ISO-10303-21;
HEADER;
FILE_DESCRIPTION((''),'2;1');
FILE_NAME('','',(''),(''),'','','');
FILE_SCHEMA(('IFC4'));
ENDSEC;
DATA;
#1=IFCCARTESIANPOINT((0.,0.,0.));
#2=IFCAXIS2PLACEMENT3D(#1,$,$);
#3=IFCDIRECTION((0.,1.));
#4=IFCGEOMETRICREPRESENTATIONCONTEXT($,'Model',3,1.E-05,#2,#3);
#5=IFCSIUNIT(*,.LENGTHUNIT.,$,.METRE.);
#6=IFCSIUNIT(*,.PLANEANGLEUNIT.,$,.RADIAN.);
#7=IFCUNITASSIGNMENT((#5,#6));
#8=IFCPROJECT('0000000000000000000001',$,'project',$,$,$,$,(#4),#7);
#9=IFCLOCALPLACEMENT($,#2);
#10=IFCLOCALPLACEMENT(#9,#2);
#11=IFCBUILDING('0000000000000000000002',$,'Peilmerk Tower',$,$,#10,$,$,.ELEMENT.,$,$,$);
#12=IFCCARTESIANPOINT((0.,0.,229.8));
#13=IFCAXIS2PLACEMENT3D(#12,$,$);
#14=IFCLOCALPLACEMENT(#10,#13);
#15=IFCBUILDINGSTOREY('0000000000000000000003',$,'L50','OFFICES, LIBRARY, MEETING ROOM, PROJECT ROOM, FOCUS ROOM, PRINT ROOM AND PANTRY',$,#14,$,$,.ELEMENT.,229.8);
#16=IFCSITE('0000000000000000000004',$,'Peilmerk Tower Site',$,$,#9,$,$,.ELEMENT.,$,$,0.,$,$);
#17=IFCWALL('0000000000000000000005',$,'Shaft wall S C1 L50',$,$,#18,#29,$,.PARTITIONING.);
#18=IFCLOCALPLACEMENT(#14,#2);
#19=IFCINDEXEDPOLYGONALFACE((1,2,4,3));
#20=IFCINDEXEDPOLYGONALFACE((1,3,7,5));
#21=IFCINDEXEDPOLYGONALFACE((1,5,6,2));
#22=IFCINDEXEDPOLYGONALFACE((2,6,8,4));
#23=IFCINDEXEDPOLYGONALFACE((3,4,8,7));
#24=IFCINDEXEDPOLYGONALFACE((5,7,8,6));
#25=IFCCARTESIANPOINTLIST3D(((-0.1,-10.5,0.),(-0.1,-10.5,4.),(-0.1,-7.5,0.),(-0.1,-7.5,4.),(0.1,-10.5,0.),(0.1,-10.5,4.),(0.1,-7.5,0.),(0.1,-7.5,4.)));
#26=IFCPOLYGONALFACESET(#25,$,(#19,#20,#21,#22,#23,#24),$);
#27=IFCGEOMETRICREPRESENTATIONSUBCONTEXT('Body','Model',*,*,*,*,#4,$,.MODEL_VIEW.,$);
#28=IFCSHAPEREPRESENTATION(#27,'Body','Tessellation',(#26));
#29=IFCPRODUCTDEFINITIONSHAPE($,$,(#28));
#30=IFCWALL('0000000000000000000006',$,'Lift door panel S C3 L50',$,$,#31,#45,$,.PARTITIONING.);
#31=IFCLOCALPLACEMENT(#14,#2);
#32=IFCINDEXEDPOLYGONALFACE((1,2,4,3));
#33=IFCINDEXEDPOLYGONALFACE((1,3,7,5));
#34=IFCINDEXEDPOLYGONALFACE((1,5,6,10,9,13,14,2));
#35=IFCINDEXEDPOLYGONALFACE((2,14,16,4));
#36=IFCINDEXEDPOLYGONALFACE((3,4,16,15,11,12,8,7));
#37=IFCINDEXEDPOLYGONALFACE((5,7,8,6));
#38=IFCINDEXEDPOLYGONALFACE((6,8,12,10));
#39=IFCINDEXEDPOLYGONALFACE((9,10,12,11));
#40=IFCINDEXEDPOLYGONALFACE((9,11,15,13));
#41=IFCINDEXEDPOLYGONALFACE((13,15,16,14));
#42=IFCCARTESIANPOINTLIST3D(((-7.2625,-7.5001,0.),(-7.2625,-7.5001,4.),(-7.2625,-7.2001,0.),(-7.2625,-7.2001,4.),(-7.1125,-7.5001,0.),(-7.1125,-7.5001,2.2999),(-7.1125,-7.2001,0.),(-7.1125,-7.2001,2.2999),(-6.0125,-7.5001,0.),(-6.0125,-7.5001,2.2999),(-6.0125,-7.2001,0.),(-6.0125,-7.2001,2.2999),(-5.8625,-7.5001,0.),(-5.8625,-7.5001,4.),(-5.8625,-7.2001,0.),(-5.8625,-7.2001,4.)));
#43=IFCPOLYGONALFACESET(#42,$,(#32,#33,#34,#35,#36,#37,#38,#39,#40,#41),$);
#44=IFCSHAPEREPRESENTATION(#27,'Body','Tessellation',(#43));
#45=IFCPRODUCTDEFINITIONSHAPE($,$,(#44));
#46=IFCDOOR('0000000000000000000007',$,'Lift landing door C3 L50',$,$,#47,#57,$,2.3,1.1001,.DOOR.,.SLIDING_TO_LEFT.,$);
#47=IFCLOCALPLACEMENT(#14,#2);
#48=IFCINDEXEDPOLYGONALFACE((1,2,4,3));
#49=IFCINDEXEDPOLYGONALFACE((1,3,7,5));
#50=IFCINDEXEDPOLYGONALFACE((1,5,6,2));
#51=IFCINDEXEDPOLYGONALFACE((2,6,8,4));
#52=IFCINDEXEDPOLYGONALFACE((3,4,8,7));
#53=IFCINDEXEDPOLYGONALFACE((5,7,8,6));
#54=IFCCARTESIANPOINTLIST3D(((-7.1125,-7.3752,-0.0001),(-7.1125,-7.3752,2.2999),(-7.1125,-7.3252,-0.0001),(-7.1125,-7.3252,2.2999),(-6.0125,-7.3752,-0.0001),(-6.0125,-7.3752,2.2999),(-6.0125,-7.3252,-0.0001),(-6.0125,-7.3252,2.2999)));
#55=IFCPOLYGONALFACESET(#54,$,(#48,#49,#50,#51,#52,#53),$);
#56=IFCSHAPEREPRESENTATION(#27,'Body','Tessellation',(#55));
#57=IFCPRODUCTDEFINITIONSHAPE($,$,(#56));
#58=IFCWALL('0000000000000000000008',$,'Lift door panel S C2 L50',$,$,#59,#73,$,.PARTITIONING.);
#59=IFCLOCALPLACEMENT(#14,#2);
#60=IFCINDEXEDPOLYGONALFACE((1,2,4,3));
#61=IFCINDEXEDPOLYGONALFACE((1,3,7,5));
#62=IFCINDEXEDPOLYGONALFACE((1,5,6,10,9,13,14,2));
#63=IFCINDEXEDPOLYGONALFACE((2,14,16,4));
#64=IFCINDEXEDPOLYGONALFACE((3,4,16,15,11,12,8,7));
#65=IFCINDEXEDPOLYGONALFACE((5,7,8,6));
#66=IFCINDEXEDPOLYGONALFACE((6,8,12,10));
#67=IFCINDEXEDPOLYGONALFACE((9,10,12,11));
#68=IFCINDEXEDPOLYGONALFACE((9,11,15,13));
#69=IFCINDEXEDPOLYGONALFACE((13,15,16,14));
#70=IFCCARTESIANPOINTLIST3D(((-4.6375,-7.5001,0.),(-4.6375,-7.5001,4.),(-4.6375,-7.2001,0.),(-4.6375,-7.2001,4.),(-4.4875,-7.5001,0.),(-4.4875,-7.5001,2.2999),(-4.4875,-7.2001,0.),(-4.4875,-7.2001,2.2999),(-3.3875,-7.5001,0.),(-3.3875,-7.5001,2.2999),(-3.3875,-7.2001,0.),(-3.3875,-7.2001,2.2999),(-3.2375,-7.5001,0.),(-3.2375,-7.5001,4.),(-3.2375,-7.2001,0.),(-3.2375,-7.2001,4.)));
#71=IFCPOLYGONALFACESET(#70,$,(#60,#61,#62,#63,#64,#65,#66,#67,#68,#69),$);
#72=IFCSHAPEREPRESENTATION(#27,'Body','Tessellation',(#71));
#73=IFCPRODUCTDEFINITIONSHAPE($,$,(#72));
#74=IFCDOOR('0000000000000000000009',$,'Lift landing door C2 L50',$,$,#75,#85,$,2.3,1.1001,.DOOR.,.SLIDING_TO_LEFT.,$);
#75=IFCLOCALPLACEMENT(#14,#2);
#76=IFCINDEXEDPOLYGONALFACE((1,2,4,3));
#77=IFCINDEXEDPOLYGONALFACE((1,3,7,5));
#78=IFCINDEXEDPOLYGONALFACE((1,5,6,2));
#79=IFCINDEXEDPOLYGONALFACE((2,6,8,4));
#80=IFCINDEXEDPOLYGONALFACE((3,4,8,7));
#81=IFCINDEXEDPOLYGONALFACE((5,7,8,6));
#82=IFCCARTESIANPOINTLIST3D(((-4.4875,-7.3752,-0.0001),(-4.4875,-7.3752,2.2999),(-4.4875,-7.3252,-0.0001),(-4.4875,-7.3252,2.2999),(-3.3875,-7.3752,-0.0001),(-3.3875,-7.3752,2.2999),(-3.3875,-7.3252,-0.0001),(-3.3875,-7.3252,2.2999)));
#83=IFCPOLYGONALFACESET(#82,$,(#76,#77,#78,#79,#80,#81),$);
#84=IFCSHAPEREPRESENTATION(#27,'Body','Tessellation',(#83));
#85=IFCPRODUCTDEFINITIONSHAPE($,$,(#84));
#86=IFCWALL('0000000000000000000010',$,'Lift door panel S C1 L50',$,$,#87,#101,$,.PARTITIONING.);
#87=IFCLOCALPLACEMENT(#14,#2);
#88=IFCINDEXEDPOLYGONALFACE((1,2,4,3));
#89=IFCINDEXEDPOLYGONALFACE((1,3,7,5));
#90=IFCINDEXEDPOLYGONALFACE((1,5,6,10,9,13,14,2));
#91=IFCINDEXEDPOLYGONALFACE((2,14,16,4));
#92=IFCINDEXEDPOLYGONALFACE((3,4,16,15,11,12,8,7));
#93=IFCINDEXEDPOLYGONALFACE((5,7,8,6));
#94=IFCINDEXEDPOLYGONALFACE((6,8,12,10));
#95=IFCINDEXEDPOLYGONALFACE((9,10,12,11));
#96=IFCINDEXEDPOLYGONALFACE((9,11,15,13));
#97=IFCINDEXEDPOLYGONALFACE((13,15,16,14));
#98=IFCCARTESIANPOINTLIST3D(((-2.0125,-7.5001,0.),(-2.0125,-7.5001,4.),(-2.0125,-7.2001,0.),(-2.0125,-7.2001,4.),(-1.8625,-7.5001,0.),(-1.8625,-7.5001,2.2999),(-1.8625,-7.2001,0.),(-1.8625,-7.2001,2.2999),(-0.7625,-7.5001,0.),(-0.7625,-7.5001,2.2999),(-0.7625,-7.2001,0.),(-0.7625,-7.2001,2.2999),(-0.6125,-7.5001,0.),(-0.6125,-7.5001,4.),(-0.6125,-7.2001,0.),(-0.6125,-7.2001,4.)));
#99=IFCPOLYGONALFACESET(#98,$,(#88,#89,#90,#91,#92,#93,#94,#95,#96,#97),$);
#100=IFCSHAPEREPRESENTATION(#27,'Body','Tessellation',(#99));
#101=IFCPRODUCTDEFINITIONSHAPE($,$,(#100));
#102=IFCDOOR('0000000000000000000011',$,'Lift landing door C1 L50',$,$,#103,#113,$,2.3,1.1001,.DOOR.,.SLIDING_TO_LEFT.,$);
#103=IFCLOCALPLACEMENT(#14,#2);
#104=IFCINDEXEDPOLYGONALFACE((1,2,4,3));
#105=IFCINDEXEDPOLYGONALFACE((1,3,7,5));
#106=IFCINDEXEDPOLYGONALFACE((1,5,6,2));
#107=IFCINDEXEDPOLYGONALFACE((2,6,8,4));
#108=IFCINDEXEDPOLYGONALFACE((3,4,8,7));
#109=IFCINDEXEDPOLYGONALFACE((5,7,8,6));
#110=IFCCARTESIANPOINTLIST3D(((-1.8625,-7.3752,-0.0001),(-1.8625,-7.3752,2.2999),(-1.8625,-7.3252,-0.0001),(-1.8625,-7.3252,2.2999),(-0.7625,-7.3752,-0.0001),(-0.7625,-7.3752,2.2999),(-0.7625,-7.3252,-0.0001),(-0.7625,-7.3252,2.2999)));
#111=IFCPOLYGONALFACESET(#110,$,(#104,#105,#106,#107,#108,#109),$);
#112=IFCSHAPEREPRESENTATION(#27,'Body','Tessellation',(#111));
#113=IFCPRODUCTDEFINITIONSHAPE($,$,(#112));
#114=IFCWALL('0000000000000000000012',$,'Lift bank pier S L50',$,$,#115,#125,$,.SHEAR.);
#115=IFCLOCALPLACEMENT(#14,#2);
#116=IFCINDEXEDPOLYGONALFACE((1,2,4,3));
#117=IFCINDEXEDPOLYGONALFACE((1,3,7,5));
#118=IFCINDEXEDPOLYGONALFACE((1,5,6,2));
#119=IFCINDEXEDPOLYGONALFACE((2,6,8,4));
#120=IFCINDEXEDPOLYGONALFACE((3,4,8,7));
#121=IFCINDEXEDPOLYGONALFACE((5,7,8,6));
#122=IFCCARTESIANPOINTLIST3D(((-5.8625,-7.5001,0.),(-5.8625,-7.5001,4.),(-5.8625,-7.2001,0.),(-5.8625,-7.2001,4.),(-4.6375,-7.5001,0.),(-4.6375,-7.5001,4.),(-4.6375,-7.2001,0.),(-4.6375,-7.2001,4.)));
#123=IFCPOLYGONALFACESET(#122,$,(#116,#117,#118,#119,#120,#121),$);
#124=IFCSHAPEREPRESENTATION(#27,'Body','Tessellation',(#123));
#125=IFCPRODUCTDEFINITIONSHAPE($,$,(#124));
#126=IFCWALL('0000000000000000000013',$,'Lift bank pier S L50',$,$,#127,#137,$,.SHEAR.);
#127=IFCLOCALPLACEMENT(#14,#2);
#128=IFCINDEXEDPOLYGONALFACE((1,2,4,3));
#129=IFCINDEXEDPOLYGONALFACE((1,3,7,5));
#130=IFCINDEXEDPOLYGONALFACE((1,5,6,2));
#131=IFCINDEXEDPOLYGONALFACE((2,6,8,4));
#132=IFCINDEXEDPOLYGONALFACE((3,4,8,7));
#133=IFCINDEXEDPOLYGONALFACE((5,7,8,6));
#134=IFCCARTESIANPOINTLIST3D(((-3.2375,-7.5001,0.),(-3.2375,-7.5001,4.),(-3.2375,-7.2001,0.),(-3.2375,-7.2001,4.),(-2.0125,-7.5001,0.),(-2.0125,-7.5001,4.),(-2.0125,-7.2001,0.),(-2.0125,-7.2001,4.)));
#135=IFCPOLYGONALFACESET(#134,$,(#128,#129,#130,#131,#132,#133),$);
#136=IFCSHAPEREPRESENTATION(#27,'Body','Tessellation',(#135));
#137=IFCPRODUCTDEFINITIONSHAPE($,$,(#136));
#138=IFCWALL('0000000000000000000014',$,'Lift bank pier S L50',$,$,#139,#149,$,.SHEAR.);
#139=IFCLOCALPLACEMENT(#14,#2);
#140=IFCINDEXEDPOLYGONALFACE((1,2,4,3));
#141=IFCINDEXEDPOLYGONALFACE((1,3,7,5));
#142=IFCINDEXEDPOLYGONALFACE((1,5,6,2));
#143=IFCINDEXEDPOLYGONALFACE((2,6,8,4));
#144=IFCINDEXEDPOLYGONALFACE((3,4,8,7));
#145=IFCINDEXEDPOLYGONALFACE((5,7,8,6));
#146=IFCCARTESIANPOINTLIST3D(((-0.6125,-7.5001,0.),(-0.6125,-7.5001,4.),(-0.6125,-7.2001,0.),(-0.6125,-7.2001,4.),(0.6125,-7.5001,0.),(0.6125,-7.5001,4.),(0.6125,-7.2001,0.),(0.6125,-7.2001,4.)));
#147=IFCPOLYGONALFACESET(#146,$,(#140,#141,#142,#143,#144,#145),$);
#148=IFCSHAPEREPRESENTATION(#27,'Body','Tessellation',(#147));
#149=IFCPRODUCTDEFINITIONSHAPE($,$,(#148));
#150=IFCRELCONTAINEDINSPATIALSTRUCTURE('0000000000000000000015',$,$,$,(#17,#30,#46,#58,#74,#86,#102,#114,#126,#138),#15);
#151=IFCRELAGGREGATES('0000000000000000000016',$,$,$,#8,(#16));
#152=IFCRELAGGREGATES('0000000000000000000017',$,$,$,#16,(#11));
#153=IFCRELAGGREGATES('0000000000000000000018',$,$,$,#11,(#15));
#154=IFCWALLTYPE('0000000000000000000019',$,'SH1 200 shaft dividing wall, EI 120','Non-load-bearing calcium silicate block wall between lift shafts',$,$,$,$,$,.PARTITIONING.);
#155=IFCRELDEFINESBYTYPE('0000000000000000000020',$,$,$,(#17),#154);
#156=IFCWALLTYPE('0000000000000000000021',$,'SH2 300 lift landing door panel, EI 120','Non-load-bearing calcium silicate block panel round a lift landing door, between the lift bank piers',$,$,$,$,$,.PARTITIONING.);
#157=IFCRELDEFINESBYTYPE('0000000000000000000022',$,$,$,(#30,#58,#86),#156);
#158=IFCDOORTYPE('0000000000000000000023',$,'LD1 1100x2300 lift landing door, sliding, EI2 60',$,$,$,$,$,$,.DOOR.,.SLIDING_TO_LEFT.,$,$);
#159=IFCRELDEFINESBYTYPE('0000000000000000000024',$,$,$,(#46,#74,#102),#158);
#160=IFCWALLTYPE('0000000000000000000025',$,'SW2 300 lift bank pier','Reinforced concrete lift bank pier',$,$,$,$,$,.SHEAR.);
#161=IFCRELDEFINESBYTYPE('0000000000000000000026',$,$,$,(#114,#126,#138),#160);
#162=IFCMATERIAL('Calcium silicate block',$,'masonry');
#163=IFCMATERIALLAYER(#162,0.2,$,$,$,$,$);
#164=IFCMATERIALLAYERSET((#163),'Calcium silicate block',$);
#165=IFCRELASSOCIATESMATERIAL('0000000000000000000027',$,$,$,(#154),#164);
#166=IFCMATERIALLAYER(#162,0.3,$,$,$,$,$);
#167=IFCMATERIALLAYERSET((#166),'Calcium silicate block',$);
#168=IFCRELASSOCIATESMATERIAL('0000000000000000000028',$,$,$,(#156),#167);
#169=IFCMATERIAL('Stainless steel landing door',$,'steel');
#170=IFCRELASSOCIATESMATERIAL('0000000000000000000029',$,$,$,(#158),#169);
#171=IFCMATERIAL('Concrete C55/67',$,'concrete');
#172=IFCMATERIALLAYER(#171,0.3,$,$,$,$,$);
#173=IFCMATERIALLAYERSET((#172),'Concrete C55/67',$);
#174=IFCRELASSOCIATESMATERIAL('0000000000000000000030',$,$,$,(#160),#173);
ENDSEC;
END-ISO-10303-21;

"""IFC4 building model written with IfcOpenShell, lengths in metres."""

from ifc_helpers import new_model, si_unit, direction, frame, frame_2d, origin, place, context, subcontext, project, spatial, rectangle, extrude, material, layer, layer_set, type_object, element, fill, save


model = new_model("IFC4")

# Units and contexts
model_context = context("Model", 3, precision=1e-05, world=origin(), true_north=direction((0.0, 1.0)))
body_context = subcontext(model_context, "Body", "Model", "MODEL_VIEW")
ifc_project = project(units=[si_unit("LENGTHUNIT", "METRE"), si_unit("PLANEANGLEUNIT", "RADIAN")], contexts=[model_context])

# Site, building, storey
site_placement = place(None, origin())
site = spatial("IfcSite", under=ifc_project, at=site_placement, Name="Peilmerk Tower Site", CompositionType="ELEMENT", RefElevation=0.0)
building_placement = place(site_placement, origin())
building = spatial("IfcBuilding", under=site, at=building_placement, Name="Peilmerk Tower", CompositionType="ELEMENT")
storey_placement = place(building_placement, frame((0.0, 0.0, 229.8)))
storey = spatial("IfcBuildingStorey", under=building, at=storey_placement, Name="L50", Description="OFFICES, LIBRARY, MEETING ROOM, PROJECT ROOM, FOCUS ROOM, PRINT ROOM AND PANTRY", CompositionType="ELEMENT", Elevation=229.8)

# Wall
ifc_material_1 = material(Name="Calcium silicate block", Category="masonry")
ifc_layer_1 = layer(ifc_material_1, 0.2)
ifc_layer_set_1 = layer_set([ifc_layer_1], Name="Calcium silicate block")
wall_type_1 = type_object("IfcWallType", Name="SH1 200 shaft dividing wall, EI 120", Description="Non-load-bearing calcium silicate block wall between lift shafts", PredefinedType="PARTITIONING", material=ifc_layer_set_1)
for number, where, z_axis, x_axis, name in (
    (1, (0.0, -10.5, 0.0), (0.0, 0.0, 1.0), (0.0, 1.0, 0.0), "Shaft wall S C1 L50"),
):
    element("IfcWall", number, at=place(storey_placement, frame(where, z_axis=z_axis, x_axis=x_axis)), inside=storey, type_object=wall_type_1, Name=name, PredefinedType="PARTITIONING", context=body_context, shape_type="SweptSolid", body=[
        extrude(rectangle(XDim=3.0, YDim=0.2, at=frame_2d((1.5, 0.0))), origin(), (0.0, 0.0, 1.0), 4.0),
    ])

# Walls, openings, doors
ifc_layer_2 = layer(ifc_material_1, 0.3)
ifc_layer_set_2 = layer_set([ifc_layer_2], Name="Calcium silicate block")
wall_type_2 = type_object("IfcWallType", Name="SH2 300 lift landing door panel, EI 120", Description="Non-load-bearing calcium silicate block panel round a lift landing door, between the lift bank piers", PredefinedType="PARTITIONING", material=ifc_layer_set_2)
wall_1_placement = place(storey_placement, frame((-7.2625, -7.3501, 0.0), z_axis=(0.0, 0.0, 1.0), x_axis=(1.0, 0.0, 0.0)))
wall_1 = element("IfcWall", 2, at=wall_1_placement, inside=storey, type_object=wall_type_2, Name="Lift door panel S C3 L50", PredefinedType="PARTITIONING", context=body_context, shape_type="SweptSolid", body=[
    extrude(rectangle(XDim=1.3999, YDim=0.3, at=frame_2d((0.7, 0.0))), origin(), (0.0, 0.0, 1.0), 4.0),
])
opening_1_placement = place(wall_1_placement, frame((0.1499, 0.0, 0.0)))
opening_1 = element("IfcOpeningElement", 3, at=opening_1_placement, cuts=wall_1, PredefinedType="OPENING", context=body_context, shape_type="SweptSolid", body=[
    extrude(rectangle(XDim=1.1001, YDim=2.3, at=frame_2d((0.55, 1.1499))), frame((0.0, 0.1599, 0.0), z_axis=(0.0, -1.0, 0.0), x_axis=(1.0, 0.0, 0.0)), (0.0, 0.0, 1.0), 0.3201),
])
ifc_material_2 = material(Name="Stainless steel landing door", Category="steel")
door_type = type_object("IfcDoorType", Name="LD1 1100x2300 lift landing door, sliding, EI2 60", OperationType="SLIDING_TO_LEFT", PredefinedType="DOOR", material=ifc_material_2)
door_1_placement = place(opening_1_placement, origin())
door_1 = element("IfcDoor", 4, at=door_1_placement, inside=storey, type_object=door_type, Name="Lift landing door C3 L50", OperationType="SLIDING_TO_LEFT", OverallHeight=2.3, OverallWidth=1.1001, PredefinedType="DOOR", context=body_context, shape_type="SweptSolid", body=[
    extrude(rectangle(XDim=1.1001, YDim=2.3, at=frame_2d((0.55, 1.1499))), frame((0.0, 0.0249, 0.0), z_axis=(0.0, -1.0, 0.0), x_axis=(1.0, 0.0, 0.0)), (0.0, 0.0, 1.0), 0.05),
])
fill(opening_1, door_1)
wall_2_placement = place(storey_placement, frame((-4.6375, -7.3501, 0.0), z_axis=(0.0, 0.0, 1.0), x_axis=(1.0, 0.0, 0.0)))
wall_2 = element("IfcWall", 5, at=wall_2_placement, inside=storey, type_object=wall_type_2, Name="Lift door panel S C2 L50", PredefinedType="PARTITIONING", context=body_context, shape_type="SweptSolid", body=[
    extrude(rectangle(XDim=1.3999, YDim=0.3, at=frame_2d((0.7, 0.0))), origin(), (0.0, 0.0, 1.0), 4.0),
])
opening_2_placement = place(wall_2_placement, frame((0.1499, 0.0, 0.0)))
opening_2 = element("IfcOpeningElement", 6, at=opening_2_placement, cuts=wall_2, PredefinedType="OPENING", context=body_context, shape_type="SweptSolid", body=[
    extrude(rectangle(XDim=1.1001, YDim=2.3, at=frame_2d((0.55, 1.1499))), frame((0.0, 0.1599, 0.0), z_axis=(0.0, -1.0, 0.0), x_axis=(1.0, 0.0, 0.0)), (0.0, 0.0, 1.0), 0.3201),
])
door_2_placement = place(opening_2_placement, origin())
door_2 = element("IfcDoor", 7, at=door_2_placement, inside=storey, type_object=door_type, Name="Lift landing door C2 L50", OperationType="SLIDING_TO_LEFT", OverallHeight=2.3, OverallWidth=1.1001, PredefinedType="DOOR", context=body_context, shape_type="SweptSolid", body=[
    extrude(rectangle(XDim=1.1001, YDim=2.3, at=frame_2d((0.55, 1.1499))), frame((0.0, 0.0249, 0.0), z_axis=(0.0, -1.0, 0.0), x_axis=(1.0, 0.0, 0.0)), (0.0, 0.0, 1.0), 0.05),
])
fill(opening_2, door_2)
wall_3_placement = place(storey_placement, frame((-2.0125, -7.3501, 0.0), z_axis=(0.0, 0.0, 1.0), x_axis=(1.0, 0.0, 0.0)))
wall_3 = element("IfcWall", 8, at=wall_3_placement, inside=storey, type_object=wall_type_2, Name="Lift door panel S C1 L50", PredefinedType="PARTITIONING", context=body_context, shape_type="SweptSolid", body=[
    extrude(rectangle(XDim=1.3999, YDim=0.3, at=frame_2d((0.7, 0.0))), origin(), (0.0, 0.0, 1.0), 4.0),
])
opening_3_placement = place(wall_3_placement, frame((0.1499, 0.0, 0.0)))
opening_3 = element("IfcOpeningElement", 9, at=opening_3_placement, cuts=wall_3, PredefinedType="OPENING", context=body_context, shape_type="SweptSolid", body=[
    extrude(rectangle(XDim=1.1001, YDim=2.3, at=frame_2d((0.55, 1.1499))), frame((0.0, 0.1599, 0.0), z_axis=(0.0, -1.0, 0.0), x_axis=(1.0, 0.0, 0.0)), (0.0, 0.0, 1.0), 0.3201),
])
door_3_placement = place(opening_3_placement, origin())
door_3 = element("IfcDoor", 10, at=door_3_placement, inside=storey, type_object=door_type, Name="Lift landing door C1 L50", OperationType="SLIDING_TO_LEFT", OverallHeight=2.3, OverallWidth=1.1001, PredefinedType="DOOR", context=body_context, shape_type="SweptSolid", body=[
    extrude(rectangle(XDim=1.1001, YDim=2.3, at=frame_2d((0.55, 1.1499))), frame((0.0, 0.0249, 0.0), z_axis=(0.0, -1.0, 0.0), x_axis=(1.0, 0.0, 0.0)), (0.0, 0.0, 1.0), 0.05),
])
fill(opening_3, door_3)

# Walls
ifc_material_3 = material(Name="Concrete C55/67", Category="concrete")
ifc_layer_3 = layer(ifc_material_3, 0.3)
ifc_layer_set_3 = layer_set([ifc_layer_3], Name="Concrete C55/67")
wall_type_3 = type_object("IfcWallType", Name="SW2 300 lift bank pier", Description="Reinforced concrete lift bank pier", PredefinedType="SHEAR", material=ifc_layer_set_3)
for number, where, z_axis, x_axis, name in (
    (11, (-5.8625, -7.3501, 0.0), (0.0, 0.0, 1.0), (1.0, 0.0, 0.0), "Lift bank pier S L50"),
    (12, (-3.2375, -7.3501, 0.0), (0.0, 0.0, 1.0), (1.0, 0.0, 0.0), "Lift bank pier S L50"),
    (13, (-0.6125, -7.3501, 0.0), (0.0, 0.0, 1.0), (1.0, 0.0, 0.0), "Lift bank pier S L50"),
):
    element("IfcWall", number, at=place(storey_placement, frame(where, z_axis=z_axis, x_axis=x_axis)), inside=storey, type_object=wall_type_3, Name=name, PredefinedType="SHEAR", context=body_context, shape_type="SweptSolid", body=[
        extrude(rectangle(XDim=1.2251, YDim=0.3, at=frame_2d((0.6125, 0.0))), origin(), (0.0, 0.0, 1.0), 4.0),
    ])

save(model, "model.ifc")
